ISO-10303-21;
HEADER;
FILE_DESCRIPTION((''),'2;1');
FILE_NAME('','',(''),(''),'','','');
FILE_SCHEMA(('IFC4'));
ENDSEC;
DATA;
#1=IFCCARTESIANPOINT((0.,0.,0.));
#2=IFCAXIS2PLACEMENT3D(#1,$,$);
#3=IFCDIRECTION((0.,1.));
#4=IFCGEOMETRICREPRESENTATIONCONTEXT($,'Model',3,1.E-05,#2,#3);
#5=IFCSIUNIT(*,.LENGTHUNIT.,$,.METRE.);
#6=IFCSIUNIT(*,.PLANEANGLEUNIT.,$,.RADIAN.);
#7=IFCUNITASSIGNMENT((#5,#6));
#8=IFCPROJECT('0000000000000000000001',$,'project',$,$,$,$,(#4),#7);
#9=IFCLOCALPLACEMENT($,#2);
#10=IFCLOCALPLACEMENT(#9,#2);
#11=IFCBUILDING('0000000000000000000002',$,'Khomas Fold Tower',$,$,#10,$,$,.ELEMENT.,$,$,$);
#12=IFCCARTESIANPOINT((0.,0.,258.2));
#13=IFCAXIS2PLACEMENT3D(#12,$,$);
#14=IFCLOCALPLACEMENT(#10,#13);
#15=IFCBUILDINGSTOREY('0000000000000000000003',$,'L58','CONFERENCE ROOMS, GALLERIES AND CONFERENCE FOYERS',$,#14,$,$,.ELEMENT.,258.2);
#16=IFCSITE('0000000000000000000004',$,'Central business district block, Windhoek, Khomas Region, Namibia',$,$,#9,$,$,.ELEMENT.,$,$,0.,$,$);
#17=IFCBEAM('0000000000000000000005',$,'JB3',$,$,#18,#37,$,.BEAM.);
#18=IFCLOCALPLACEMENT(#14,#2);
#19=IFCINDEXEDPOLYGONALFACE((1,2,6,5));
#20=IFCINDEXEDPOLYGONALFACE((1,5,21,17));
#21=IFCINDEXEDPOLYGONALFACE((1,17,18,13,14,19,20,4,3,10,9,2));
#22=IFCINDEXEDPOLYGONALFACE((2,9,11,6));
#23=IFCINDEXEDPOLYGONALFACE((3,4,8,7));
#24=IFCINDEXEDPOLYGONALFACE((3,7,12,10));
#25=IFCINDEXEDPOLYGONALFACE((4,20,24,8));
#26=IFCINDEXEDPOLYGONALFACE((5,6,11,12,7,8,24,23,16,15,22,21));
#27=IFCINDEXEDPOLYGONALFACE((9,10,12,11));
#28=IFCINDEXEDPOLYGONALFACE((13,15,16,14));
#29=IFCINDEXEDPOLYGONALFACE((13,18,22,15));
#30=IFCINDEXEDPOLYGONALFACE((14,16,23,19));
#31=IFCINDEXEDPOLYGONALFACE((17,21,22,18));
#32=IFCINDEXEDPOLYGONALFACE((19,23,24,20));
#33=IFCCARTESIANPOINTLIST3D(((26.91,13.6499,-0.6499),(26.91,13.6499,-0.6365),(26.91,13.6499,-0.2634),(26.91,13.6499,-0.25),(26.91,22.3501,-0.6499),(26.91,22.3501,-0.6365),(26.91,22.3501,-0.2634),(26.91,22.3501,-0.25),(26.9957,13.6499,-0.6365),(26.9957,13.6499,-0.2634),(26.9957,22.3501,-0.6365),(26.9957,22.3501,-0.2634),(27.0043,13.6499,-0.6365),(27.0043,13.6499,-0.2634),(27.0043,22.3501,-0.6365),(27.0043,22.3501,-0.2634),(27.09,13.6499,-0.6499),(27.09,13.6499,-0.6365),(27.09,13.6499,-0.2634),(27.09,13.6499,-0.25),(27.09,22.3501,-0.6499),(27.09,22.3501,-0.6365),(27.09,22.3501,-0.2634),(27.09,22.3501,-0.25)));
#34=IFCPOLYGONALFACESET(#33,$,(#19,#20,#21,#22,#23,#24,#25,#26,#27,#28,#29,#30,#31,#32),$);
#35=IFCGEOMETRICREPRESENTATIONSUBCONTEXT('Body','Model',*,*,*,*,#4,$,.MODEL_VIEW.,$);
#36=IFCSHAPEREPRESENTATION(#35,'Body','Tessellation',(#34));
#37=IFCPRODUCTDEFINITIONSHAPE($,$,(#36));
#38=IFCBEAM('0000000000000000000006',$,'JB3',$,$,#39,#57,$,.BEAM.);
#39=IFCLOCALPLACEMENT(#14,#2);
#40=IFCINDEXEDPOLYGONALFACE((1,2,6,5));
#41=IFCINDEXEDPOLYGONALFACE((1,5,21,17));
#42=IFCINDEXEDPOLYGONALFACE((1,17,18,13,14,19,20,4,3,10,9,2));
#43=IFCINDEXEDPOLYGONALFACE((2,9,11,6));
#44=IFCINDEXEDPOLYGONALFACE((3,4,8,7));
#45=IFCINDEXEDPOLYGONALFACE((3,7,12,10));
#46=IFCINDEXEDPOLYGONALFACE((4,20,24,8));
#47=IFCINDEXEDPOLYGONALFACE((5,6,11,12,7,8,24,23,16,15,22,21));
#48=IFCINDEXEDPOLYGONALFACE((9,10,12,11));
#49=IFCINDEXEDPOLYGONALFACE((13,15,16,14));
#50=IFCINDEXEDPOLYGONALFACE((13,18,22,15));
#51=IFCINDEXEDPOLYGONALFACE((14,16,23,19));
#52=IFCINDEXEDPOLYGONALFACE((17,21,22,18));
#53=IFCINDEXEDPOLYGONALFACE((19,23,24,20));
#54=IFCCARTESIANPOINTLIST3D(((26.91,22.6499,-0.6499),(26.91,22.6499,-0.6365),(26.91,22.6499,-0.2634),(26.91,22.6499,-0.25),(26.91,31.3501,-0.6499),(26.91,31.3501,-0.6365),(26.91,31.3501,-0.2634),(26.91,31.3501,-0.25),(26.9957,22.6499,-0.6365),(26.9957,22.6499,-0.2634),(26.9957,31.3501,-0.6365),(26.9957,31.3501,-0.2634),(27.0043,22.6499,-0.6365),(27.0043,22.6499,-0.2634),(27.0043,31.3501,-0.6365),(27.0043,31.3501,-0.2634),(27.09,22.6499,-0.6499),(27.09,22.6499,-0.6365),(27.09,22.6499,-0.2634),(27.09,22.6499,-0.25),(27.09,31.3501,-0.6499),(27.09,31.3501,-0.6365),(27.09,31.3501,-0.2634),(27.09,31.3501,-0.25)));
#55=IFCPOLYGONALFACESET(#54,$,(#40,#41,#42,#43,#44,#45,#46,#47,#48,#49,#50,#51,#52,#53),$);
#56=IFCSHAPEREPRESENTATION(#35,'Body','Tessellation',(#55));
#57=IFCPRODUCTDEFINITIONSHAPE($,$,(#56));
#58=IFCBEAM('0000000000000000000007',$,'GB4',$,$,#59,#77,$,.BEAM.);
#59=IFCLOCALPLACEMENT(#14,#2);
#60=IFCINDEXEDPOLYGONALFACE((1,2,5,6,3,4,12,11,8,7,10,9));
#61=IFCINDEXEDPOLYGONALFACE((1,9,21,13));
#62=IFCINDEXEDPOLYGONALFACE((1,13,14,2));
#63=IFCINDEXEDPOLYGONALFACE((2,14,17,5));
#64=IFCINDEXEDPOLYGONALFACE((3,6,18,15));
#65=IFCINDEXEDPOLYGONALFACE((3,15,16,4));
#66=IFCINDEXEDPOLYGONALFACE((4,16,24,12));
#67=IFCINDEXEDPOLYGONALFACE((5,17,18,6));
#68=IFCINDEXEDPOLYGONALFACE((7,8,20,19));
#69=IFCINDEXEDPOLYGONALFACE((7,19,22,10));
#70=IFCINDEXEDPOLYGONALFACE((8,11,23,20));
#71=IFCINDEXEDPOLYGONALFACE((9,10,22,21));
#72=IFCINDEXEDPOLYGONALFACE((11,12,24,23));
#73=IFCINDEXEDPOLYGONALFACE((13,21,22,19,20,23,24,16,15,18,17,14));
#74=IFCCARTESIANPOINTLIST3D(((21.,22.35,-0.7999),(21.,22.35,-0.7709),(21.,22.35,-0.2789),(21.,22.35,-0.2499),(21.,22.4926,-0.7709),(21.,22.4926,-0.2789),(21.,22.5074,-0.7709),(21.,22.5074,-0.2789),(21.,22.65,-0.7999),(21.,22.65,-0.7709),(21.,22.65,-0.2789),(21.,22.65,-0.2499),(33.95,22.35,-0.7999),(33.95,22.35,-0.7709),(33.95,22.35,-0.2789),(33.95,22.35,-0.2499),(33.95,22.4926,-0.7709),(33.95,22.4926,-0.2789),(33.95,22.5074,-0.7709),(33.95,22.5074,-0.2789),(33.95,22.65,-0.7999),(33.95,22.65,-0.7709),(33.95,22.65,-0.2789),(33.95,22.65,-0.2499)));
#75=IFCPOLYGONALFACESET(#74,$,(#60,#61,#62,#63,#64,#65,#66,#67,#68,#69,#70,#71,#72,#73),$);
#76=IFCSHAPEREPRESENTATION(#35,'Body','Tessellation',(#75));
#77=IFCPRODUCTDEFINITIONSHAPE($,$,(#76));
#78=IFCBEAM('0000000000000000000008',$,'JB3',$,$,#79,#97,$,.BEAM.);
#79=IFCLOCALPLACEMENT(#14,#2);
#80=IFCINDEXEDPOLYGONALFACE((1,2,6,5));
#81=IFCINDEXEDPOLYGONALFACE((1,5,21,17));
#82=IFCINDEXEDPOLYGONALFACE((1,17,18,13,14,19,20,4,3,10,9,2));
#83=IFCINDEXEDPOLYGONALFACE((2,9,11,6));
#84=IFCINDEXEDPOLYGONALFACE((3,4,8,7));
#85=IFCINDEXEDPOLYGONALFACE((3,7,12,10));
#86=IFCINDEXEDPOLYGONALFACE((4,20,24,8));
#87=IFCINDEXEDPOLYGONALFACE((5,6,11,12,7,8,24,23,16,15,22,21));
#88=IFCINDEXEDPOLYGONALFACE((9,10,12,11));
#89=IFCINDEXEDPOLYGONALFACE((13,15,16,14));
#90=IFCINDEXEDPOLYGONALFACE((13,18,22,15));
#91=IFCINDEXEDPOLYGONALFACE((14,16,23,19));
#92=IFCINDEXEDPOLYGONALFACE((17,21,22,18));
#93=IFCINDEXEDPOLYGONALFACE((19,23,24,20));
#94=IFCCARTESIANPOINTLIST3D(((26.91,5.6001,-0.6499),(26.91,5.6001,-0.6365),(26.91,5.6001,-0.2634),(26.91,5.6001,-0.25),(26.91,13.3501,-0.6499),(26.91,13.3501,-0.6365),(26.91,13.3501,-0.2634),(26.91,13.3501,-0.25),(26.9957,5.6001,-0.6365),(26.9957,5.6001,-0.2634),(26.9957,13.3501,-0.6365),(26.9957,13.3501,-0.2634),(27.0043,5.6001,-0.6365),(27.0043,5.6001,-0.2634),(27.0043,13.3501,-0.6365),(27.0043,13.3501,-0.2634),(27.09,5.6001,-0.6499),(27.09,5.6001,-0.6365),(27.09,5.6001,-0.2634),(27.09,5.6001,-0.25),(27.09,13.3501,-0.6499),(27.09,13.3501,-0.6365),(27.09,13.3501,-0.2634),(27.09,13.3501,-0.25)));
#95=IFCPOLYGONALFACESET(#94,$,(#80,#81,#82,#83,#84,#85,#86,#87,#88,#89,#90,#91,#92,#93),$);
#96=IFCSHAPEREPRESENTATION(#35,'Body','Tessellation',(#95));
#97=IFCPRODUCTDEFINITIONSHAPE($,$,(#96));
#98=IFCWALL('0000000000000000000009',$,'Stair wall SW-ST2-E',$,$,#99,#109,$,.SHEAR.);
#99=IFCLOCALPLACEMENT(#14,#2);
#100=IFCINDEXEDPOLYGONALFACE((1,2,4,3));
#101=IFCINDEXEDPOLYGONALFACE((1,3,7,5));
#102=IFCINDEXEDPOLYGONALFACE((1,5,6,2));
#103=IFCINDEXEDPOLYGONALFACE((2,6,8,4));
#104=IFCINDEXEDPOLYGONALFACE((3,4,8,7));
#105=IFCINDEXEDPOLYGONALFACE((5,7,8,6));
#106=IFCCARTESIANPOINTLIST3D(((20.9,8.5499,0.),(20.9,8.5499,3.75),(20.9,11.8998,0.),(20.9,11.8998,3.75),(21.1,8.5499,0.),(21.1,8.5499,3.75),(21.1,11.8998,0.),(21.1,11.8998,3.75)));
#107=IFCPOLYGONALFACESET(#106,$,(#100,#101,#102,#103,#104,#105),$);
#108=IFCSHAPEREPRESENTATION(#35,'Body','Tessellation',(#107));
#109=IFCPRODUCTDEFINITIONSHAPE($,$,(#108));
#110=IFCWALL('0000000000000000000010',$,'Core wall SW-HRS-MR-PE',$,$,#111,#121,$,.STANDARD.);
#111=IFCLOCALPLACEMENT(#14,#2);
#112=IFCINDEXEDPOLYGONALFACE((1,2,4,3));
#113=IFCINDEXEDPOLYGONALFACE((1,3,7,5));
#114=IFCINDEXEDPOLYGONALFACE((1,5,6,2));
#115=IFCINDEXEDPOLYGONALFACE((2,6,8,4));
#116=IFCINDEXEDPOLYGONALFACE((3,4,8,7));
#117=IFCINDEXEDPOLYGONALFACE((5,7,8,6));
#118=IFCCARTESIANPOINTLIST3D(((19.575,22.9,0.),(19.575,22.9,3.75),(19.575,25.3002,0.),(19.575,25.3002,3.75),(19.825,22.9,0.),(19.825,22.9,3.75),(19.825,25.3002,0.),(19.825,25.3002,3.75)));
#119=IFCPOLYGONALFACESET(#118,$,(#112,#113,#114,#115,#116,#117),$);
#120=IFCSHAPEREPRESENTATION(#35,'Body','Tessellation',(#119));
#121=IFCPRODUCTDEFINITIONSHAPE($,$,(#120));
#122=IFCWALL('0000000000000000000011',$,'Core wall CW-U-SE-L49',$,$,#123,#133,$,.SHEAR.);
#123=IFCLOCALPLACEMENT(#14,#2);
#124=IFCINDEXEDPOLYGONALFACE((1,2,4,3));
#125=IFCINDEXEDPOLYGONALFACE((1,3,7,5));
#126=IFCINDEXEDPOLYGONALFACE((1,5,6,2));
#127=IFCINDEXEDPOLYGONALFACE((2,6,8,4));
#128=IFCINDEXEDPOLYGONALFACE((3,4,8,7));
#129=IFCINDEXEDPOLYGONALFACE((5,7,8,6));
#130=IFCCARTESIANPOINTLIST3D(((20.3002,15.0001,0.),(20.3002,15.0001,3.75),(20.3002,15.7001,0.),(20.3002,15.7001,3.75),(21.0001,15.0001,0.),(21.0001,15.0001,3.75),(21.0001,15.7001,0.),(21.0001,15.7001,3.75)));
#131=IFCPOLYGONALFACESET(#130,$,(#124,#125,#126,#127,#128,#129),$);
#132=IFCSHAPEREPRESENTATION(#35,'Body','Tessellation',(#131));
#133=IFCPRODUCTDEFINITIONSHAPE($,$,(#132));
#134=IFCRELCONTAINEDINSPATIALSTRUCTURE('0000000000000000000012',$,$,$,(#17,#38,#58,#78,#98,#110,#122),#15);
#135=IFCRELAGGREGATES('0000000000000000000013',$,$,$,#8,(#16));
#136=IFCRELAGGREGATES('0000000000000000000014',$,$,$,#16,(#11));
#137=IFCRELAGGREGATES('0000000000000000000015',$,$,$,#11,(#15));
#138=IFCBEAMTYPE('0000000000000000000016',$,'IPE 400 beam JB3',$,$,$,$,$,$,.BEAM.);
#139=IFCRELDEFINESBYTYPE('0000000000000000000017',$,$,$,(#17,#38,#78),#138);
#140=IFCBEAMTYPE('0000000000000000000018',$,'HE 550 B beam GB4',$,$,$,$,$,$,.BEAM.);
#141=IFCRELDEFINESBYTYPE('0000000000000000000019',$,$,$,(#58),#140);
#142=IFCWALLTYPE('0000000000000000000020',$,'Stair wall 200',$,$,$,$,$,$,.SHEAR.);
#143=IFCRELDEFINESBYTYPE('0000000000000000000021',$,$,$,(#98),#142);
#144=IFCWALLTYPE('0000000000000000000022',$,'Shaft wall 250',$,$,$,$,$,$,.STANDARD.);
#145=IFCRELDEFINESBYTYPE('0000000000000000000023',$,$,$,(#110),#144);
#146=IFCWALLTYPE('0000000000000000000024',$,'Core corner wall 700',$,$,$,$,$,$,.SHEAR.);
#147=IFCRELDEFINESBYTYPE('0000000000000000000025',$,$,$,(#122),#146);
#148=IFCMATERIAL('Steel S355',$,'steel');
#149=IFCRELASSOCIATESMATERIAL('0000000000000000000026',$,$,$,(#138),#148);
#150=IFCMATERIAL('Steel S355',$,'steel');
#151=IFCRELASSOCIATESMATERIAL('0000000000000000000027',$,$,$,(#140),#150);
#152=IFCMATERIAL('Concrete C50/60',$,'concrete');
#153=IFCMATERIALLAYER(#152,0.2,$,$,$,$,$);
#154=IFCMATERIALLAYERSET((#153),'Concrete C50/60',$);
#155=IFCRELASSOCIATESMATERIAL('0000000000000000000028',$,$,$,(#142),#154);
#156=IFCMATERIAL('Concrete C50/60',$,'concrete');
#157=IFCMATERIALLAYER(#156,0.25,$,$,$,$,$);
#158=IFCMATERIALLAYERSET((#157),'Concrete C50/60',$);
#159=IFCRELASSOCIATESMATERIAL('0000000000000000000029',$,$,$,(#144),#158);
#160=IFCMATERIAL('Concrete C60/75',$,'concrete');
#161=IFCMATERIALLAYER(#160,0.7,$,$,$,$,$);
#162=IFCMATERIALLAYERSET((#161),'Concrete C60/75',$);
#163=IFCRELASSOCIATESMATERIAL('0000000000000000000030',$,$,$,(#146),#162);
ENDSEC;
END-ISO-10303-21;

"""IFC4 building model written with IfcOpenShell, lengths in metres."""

from ifc_helpers import new_model, si_unit, direction, frame, frame_2d, origin, origin_2d, place, context, subcontext, project, spatial, rectangle, i_section, extrude, source, transform, mapped, material, layer, layer_set, material_profile, profile_set, type_object, element, save


model = new_model("IFC4")

# Units and contexts
model_context = context("Model", 3, precision=1e-05, world=origin(), true_north=direction((0.0, 1.0)))
body_context = subcontext(model_context, "Body", "Model", "MODEL_VIEW")
ifc_project = project(units=[si_unit("LENGTHUNIT", "METRE"), si_unit("PLANEANGLEUNIT", "RADIAN")], contexts=[model_context])

# Site, building, storey
site_placement = place(None, origin())
site = spatial("IfcSite", under=ifc_project, at=site_placement, Name="Central business district block, Windhoek, Khomas Region, Namibia", CompositionType="ELEMENT", RefElevation=0.0)
building_placement = place(site_placement, origin())
building = spatial("IfcBuilding", under=site, at=building_placement, Name="Khomas Fold Tower", CompositionType="ELEMENT")
storey_placement = place(building_placement, frame((0.0, 0.0, 258.2)))
storey = spatial("IfcBuildingStorey", under=building, at=storey_placement, Name="L58", Description="CONFERENCE ROOMS, GALLERIES AND CONFERENCE FOYERS", CompositionType="ELEMENT", Elevation=258.2)

# Beams
ifc_material_1 = material(Name="Steel S355", Category="steel")
ifc_material_profile_1 = material_profile(ifc_material_1, i_section(OverallWidth=0.1799, OverallDepth=0.3999, WebThickness=0.0085, FlangeThickness=0.0134, at=origin_2d()), Name="IPE 400")
ifc_profile_set_1 = profile_set([ifc_material_profile_1], Name="Steel S355")
beam_type_1 = type_object("IfcBeamType", Name="IPE 400 beam JB3", PredefinedType="BEAM", material=ifc_profile_set_1)
shared_shape_1 = source(origin(), body_context, "Body", "SweptSolid", [
    extrude(i_section(OverallWidth=0.1799, OverallDepth=0.3999, WebThickness=0.0085, FlangeThickness=0.0134, at=origin_2d()), origin(), (0.0, 0.0, 1.0), 8.7002),
])
for number, where, z_axis, x_axis, name in (
    (1, (27.0, 13.6499, -0.45), (0.0, 1.0, 0.0), (-1.0, 0.0, 0.0), "JB3"),
    (2, (27.0, 22.6499, -0.45), (0.0, 1.0, 0.0), (-1.0, 0.0, 0.0), "JB3"),
):
    element("IfcBeam", number, at=place(storey_placement, frame(where, z_axis=z_axis, x_axis=x_axis)), inside=storey, type_object=beam_type_1, Name=name, PredefinedType="BEAM", context=body_context, shape_type="MappedRepresentation", body=[
        mapped(shared_shape_1, transform((0.0, 0.0, 0.0))),
    ])
ifc_material_2 = material(Name="Steel S355", Category="steel")
ifc_material_profile_2 = material_profile(ifc_material_2, i_section(OverallWidth=0.3, OverallDepth=0.55, WebThickness=0.0149, FlangeThickness=0.0291, at=origin_2d()), Name="HE 550 B")
ifc_profile_set_2 = profile_set([ifc_material_profile_2], Name="Steel S355")
beam_type_2 = type_object("IfcBeamType", Name="HE 550 B beam GB4", PredefinedType="BEAM", material=ifc_profile_set_2)
shared_shape_2 = source(origin(), body_context, "Body", "SweptSolid", [
    extrude(i_section(OverallWidth=0.3, OverallDepth=0.55, WebThickness=0.0149, FlangeThickness=0.0291, at=origin_2d()), origin(), (0.0, 0.0, 1.0), 12.95),
])
beam_1_placement = place(storey_placement, frame((21.0, 22.5, -0.5249), z_axis=(1.0, 0.0, 0.0), x_axis=(0.0, 1.0, 0.0)))
element("IfcBeam", 3, at=beam_1_placement, inside=storey, type_object=beam_type_2, Name="GB4", PredefinedType="BEAM", context=body_context, shape_type="MappedRepresentation", body=[
    mapped(shared_shape_2, transform((0.0, 0.0, 0.0))),
])
shared_shape_3 = source(origin(), body_context, "Body", "SweptSolid", [
    extrude(i_section(OverallWidth=0.1799, OverallDepth=0.3999, WebThickness=0.0085, FlangeThickness=0.0134, at=origin_2d()), origin(), (0.0, 0.0, 1.0), 7.75),
])
beam_2_placement = place(storey_placement, frame((27.0, 5.6001, -0.45), z_axis=(0.0, 1.0, 0.0), x_axis=(-1.0, 0.0, 0.0)))
element("IfcBeam", 4, at=beam_2_placement, inside=storey, type_object=beam_type_1, Name="JB3", PredefinedType="BEAM", context=body_context, shape_type="MappedRepresentation", body=[
    mapped(shared_shape_3, transform((0.0, 0.0, 0.0))),
])

# Walls
ifc_material_3 = material(Name="Concrete C50/60", Category="concrete")
ifc_layer_1 = layer(ifc_material_3, 0.2)
ifc_layer_set_1 = layer_set([ifc_layer_1], Name="Concrete C50/60")
wall_type_1 = type_object("IfcWallType", Name="Stair wall 200", PredefinedType="SHEAR", material=ifc_layer_set_1)
shared_shape_4 = source(origin(), body_context, "Body", "SweptSolid", [
    extrude(rectangle(XDim=3.3499, YDim=0.2, at=frame_2d((1.6748, 0.0))), origin(), (0.0, 0.0, 1.0), 3.75),
])
wall_1_placement = place(storey_placement, frame((21.0, 8.55, 0.0), z_axis=(0.0, 0.0, 1.0), x_axis=(0.0, 1.0, 0.0)))
element("IfcWall", 5, at=wall_1_placement, inside=storey, type_object=wall_type_1, Name="Stair wall SW-ST2-E", PredefinedType="SHEAR", context=body_context, shape_type="MappedRepresentation", body=[
    mapped(shared_shape_4, transform((0.0, 0.0, 0.0))),
])
ifc_material_4 = material(Name="Concrete C50/60", Category="concrete")
ifc_layer_2 = layer(ifc_material_4, 0.25)
ifc_layer_set_2 = layer_set([ifc_layer_2], Name="Concrete C50/60")
wall_type_2 = type_object("IfcWallType", Name="Shaft wall 250", PredefinedType="STANDARD", material=ifc_layer_set_2)
shared_shape_5 = source(origin(), body_context, "Body", "SweptSolid", [
    extrude(rectangle(XDim=2.4001, YDim=0.25, at=frame_2d((1.2002, 0.0))), origin(), (0.0, 0.0, 1.0), 3.75),
])
wall_2_placement = place(storey_placement, frame((19.7, 22.8999, 0.0), z_axis=(0.0, 0.0, 1.0), x_axis=(0.0, 1.0, 0.0)))
element("IfcWall", 6, at=wall_2_placement, inside=storey, type_object=wall_type_2, Name="Core wall SW-HRS-MR-PE", PredefinedType="STANDARD", context=body_context, shape_type="MappedRepresentation", body=[
    mapped(shared_shape_5, transform((0.0, 0.0, 0.0))),
])
ifc_material_5 = material(Name="Concrete C60/75", Category="concrete")
ifc_layer_3 = layer(ifc_material_5, 0.7)
ifc_layer_set_3 = layer_set([ifc_layer_3], Name="Concrete C60/75")
wall_type_3 = type_object("IfcWallType", Name="Core corner wall 700", PredefinedType="SHEAR", material=ifc_layer_set_3)
shared_shape_6 = source(origin(), body_context, "Body", "SweptSolid", [
    extrude(rectangle(XDim=0.7, YDim=0.7, at=frame_2d((0.3501, 0.0))), origin(), (0.0, 0.0, 1.0), 3.75),
])
wall_3_placement = place(storey_placement, frame((20.3, 15.3501, 0.0), z_axis=(0.0, 0.0, 1.0), x_axis=(1.0, 0.0, 0.0)))
element("IfcWall", 7, at=wall_3_placement, inside=storey, type_object=wall_type_3, Name="Core wall CW-U-SE-L49", PredefinedType="SHEAR", context=body_context, shape_type="MappedRepresentation", body=[
    mapped(shared_shape_6, transform((0.0, 0.0, 0.0))),
])

save(model, "model.ifc")
